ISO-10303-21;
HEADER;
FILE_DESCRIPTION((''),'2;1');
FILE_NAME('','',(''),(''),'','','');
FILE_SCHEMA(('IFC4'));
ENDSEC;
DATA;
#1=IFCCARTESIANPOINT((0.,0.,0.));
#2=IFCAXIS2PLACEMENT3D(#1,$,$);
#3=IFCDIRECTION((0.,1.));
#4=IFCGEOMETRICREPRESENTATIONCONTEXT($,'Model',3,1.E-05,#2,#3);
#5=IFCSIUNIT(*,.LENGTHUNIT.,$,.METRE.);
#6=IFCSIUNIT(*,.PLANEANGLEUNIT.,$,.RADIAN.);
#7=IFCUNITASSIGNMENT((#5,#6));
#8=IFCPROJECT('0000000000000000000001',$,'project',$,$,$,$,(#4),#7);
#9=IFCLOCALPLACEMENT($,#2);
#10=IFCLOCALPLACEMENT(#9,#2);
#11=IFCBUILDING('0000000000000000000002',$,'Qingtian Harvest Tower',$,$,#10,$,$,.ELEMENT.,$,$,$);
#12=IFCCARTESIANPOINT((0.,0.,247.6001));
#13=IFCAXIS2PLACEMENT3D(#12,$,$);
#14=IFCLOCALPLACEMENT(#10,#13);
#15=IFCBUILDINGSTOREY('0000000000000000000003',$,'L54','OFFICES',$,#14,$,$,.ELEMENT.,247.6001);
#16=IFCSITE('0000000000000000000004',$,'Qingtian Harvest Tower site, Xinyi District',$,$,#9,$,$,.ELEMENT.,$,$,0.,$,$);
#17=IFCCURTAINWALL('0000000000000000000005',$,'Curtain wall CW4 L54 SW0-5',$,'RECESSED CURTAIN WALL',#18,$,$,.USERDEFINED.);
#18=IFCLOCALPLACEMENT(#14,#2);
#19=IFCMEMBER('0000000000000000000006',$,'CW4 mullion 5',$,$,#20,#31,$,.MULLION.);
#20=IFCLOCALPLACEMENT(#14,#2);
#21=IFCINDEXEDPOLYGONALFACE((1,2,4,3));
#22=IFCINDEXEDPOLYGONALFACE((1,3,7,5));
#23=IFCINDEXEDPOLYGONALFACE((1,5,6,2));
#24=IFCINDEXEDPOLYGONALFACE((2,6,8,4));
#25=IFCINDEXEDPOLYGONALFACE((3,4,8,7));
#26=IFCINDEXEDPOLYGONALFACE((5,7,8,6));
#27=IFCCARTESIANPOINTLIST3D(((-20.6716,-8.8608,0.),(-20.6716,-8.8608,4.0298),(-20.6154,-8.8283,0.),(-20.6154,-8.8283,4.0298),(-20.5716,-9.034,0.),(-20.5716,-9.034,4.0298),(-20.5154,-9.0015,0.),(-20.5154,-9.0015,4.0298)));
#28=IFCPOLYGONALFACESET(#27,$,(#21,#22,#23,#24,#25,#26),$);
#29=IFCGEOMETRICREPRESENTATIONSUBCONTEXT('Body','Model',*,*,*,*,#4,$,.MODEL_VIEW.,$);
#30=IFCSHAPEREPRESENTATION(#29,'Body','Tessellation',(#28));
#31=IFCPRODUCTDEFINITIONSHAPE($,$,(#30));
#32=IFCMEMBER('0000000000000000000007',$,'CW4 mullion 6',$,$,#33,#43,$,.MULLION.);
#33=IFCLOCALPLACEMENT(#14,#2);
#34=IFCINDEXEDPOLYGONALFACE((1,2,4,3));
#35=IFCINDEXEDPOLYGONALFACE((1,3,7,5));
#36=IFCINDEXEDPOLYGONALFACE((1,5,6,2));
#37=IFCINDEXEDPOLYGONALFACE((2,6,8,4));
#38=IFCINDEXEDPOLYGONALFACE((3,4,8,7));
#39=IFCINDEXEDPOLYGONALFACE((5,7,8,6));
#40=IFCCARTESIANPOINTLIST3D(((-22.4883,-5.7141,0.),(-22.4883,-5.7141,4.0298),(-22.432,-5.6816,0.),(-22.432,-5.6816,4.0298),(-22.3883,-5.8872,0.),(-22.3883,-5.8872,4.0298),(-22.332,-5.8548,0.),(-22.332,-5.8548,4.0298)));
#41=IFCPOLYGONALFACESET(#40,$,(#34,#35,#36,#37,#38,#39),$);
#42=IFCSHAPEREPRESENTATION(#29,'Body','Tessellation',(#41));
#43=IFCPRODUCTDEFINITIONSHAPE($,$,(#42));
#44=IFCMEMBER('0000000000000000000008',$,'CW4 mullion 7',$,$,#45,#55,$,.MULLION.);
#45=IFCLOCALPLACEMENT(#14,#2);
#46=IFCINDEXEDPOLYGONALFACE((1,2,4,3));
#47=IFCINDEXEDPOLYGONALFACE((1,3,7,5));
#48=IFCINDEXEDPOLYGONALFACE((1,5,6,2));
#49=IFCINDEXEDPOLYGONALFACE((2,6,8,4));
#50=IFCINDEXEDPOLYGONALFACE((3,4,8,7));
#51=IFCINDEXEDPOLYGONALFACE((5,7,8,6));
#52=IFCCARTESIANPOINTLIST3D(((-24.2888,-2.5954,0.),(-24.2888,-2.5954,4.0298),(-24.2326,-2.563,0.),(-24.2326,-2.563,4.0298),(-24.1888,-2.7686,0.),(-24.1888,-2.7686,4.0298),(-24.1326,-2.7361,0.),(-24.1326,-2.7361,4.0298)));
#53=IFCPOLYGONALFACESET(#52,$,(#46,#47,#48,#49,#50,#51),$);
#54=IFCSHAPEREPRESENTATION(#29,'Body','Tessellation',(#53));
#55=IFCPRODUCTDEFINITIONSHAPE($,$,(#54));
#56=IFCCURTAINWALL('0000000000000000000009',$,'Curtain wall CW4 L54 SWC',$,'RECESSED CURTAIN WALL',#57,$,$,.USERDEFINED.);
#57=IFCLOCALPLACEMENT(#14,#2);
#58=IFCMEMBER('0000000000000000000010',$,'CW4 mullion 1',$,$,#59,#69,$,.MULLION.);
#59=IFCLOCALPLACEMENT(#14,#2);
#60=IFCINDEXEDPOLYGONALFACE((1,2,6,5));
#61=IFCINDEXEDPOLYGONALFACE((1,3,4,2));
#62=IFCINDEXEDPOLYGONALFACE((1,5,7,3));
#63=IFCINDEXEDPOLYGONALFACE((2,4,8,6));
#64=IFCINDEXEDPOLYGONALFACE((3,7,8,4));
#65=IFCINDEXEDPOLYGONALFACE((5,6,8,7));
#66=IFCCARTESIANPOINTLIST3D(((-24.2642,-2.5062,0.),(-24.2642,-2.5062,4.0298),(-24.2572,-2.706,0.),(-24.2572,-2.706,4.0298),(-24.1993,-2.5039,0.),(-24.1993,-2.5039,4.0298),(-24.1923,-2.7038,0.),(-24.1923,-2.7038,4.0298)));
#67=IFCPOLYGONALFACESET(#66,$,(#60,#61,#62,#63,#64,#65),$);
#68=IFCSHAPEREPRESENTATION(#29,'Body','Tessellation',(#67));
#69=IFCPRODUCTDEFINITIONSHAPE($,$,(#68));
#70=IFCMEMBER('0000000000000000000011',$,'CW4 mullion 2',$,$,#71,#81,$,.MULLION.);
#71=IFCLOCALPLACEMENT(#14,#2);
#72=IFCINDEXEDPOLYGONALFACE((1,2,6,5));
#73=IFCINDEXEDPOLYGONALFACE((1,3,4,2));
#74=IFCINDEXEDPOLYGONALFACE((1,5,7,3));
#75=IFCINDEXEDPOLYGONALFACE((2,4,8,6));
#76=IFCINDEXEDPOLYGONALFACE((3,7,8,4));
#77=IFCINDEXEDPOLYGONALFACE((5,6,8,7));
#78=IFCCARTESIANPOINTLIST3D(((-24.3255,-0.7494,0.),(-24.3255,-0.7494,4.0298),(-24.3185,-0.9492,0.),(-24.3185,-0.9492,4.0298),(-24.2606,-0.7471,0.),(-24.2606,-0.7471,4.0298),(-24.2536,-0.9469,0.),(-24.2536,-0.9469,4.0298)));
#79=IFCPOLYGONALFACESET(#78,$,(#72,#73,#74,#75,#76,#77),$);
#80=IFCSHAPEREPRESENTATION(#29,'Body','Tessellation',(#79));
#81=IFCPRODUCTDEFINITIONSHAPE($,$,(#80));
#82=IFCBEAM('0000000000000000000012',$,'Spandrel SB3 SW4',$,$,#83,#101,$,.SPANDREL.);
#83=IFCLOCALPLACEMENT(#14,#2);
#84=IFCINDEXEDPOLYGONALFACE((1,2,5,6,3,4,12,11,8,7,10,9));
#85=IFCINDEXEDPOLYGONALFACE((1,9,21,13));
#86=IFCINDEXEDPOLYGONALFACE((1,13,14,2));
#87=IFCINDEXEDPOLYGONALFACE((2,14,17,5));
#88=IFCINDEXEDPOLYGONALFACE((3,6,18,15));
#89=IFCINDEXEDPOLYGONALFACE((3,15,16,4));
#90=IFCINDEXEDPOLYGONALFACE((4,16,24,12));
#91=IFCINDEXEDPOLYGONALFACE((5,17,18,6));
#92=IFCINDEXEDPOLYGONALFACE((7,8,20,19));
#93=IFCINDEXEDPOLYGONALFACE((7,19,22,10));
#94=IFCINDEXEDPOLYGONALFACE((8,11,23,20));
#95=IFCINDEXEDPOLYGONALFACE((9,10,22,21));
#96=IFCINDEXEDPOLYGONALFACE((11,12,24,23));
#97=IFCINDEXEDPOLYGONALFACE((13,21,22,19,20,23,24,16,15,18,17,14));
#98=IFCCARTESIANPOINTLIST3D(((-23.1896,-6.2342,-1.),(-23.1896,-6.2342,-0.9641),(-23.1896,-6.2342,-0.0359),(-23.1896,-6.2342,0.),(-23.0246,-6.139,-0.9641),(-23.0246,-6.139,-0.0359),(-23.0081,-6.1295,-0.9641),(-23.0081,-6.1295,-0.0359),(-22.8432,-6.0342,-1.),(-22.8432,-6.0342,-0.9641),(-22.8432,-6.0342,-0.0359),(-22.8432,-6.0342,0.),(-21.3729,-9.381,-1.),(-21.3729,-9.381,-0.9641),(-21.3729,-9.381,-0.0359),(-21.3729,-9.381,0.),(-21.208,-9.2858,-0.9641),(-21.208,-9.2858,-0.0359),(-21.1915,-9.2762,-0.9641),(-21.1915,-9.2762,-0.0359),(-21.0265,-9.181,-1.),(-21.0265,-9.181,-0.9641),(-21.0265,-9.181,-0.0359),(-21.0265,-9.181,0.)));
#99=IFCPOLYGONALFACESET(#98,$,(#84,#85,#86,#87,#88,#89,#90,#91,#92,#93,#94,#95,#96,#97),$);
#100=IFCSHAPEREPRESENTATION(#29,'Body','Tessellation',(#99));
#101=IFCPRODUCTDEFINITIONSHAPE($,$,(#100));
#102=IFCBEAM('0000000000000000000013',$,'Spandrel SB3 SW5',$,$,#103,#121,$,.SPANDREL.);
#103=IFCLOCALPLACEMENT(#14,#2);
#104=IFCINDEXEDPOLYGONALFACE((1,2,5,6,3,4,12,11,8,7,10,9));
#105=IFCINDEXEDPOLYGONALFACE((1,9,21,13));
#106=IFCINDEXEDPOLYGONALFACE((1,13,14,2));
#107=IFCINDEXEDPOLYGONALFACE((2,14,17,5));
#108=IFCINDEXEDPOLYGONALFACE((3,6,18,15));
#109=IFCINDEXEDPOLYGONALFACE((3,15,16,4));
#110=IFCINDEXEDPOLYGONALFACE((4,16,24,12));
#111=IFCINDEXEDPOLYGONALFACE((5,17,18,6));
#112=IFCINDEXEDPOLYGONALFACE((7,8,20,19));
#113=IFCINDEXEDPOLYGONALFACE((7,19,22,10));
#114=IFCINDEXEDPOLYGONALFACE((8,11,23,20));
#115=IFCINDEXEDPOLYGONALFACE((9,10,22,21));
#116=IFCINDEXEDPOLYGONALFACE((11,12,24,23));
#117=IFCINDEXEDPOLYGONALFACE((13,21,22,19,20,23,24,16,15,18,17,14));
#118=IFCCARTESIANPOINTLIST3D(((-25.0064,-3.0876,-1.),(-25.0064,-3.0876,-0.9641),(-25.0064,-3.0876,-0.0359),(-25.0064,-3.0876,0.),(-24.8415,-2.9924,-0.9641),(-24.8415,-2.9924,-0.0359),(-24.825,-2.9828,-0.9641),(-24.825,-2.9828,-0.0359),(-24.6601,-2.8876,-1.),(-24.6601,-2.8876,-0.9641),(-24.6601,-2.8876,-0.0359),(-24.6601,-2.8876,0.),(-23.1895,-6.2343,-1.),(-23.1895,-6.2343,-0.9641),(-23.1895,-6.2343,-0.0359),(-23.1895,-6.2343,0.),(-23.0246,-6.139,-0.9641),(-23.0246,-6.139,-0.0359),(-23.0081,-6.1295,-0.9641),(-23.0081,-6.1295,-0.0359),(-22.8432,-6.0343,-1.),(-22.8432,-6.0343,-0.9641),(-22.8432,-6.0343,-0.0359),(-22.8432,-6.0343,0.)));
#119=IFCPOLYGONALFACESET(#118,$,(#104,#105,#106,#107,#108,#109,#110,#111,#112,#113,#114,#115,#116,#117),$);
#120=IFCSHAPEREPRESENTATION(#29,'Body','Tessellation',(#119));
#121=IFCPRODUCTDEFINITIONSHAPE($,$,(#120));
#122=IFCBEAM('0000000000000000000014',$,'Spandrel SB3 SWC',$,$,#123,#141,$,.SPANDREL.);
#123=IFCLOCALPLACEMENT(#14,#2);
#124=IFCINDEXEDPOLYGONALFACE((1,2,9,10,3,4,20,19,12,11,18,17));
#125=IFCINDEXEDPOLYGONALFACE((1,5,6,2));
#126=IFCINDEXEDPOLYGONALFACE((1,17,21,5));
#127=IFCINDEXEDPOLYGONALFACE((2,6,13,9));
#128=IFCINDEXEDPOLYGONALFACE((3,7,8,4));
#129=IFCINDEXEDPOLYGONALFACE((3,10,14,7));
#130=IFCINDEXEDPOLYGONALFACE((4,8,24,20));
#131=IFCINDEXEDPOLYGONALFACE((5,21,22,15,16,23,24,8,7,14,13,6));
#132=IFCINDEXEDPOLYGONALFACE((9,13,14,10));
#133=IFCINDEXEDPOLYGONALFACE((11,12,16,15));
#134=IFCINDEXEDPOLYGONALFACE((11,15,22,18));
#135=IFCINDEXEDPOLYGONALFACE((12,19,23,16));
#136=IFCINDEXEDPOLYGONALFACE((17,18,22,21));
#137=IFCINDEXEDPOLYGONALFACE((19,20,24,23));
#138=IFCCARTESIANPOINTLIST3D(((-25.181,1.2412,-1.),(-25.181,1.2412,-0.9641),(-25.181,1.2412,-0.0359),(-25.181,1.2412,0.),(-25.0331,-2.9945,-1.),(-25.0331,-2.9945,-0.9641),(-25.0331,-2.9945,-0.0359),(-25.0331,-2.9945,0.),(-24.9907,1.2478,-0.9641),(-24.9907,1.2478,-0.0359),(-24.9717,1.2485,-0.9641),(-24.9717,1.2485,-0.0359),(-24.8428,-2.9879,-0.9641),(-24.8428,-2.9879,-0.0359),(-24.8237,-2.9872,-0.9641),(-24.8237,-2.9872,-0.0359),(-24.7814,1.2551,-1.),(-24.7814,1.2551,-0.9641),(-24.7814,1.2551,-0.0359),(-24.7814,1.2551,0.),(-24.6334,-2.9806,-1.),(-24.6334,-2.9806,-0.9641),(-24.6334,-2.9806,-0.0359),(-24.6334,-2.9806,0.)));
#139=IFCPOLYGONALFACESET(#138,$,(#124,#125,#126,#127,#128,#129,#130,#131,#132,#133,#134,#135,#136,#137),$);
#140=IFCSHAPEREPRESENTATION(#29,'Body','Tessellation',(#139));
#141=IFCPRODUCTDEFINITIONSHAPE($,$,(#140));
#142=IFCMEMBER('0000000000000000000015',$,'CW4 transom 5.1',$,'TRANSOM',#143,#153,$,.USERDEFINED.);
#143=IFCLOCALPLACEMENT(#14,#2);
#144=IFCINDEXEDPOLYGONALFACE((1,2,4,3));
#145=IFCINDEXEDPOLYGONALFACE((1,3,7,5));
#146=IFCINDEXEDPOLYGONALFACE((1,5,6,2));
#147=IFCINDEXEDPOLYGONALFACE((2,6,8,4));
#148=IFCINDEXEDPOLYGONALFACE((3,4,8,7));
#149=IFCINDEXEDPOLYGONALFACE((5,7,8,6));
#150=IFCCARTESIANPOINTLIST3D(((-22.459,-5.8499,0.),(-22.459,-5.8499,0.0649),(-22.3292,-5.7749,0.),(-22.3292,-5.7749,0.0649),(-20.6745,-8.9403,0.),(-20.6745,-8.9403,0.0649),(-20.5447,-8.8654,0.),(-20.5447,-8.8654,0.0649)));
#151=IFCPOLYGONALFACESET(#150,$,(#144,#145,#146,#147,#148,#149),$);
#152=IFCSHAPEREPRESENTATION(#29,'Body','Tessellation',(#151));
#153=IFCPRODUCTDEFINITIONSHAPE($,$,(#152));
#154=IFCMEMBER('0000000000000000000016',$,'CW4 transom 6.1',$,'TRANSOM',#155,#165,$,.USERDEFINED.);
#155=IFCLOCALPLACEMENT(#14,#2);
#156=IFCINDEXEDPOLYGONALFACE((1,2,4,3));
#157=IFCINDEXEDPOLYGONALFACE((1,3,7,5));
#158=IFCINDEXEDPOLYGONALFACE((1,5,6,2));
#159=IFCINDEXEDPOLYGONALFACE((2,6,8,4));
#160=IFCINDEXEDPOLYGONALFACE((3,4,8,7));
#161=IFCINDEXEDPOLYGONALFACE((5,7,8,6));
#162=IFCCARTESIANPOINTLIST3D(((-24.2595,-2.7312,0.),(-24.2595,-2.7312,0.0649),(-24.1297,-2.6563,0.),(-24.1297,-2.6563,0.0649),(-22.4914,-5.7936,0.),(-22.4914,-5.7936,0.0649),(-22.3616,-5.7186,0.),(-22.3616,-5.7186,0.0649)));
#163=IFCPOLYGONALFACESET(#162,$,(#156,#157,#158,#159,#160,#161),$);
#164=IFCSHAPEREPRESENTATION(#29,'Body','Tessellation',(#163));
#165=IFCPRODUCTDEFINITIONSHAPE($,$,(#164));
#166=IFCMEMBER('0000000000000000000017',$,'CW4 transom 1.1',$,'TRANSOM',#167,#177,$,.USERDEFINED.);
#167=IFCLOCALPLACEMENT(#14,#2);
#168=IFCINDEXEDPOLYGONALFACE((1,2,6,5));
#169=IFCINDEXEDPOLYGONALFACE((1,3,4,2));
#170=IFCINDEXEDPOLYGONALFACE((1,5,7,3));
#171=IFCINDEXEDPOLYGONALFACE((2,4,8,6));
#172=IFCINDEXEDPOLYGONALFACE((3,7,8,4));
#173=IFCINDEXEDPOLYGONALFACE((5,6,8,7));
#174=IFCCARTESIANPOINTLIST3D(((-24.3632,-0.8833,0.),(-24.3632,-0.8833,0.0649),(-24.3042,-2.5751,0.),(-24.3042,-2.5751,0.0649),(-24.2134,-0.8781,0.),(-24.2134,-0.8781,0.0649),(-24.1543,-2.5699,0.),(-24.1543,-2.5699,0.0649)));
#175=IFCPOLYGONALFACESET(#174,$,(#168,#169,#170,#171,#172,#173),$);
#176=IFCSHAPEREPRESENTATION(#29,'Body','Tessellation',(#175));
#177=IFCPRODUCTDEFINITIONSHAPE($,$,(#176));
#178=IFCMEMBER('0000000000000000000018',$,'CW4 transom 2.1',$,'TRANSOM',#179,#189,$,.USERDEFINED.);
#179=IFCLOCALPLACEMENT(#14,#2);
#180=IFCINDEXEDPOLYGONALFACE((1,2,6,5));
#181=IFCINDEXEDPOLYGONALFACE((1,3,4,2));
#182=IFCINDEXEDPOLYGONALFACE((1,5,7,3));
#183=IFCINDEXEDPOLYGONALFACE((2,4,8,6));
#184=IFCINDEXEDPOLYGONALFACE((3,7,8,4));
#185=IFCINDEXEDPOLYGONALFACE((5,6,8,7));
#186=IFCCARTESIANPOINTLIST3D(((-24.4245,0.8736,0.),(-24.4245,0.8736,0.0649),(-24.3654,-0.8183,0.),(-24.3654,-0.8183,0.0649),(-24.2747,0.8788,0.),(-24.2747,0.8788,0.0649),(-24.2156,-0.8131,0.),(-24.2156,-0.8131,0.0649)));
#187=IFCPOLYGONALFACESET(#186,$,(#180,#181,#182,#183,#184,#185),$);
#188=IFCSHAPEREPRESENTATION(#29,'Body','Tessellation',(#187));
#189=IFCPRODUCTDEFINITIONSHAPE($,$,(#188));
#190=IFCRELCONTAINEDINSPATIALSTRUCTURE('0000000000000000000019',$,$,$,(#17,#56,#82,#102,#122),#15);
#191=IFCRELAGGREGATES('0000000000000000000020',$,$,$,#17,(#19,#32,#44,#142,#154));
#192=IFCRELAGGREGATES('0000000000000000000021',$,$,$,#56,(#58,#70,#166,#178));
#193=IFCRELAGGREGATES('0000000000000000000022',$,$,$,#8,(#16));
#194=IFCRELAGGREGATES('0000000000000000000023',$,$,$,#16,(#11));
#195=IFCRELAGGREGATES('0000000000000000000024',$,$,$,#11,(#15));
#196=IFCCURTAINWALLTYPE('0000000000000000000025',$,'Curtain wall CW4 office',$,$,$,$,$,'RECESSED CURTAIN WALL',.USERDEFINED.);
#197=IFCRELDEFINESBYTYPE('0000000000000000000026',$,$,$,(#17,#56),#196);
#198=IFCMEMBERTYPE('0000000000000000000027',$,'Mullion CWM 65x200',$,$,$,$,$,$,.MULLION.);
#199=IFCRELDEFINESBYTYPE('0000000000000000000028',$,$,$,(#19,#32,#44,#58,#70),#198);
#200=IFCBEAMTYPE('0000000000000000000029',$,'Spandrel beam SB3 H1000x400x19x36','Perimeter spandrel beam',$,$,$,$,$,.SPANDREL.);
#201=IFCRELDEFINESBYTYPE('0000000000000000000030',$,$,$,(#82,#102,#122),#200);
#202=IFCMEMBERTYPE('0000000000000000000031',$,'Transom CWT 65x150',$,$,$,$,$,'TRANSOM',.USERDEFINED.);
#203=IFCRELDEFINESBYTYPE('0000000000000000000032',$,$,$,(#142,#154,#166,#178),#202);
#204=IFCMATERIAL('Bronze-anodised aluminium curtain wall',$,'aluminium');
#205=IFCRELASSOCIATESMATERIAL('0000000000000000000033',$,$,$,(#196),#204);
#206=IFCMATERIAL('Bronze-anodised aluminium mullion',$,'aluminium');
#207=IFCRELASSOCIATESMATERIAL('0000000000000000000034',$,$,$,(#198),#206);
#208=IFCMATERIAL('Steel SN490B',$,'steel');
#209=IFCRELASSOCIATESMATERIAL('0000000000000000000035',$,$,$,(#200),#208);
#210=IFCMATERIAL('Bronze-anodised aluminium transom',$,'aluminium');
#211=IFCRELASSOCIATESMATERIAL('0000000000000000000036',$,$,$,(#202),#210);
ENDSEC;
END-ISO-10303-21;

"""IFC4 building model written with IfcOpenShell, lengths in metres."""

from ifc_helpers import new_model, si_unit, direction, frame, origin, origin_2d, place, context, subcontext, project, spatial, rectangle, i_section, extrude, material, material_profile, profile_set, type_object, element, aggregate, save


model = new_model("IFC4")

# Units and contexts
model_context = context("Model", 3, precision=1e-05, world=origin(), true_north=direction((0.0, 1.0)))
body_context = subcontext(model_context, "Body", "Model", "MODEL_VIEW")
ifc_project = project(units=[si_unit("LENGTHUNIT", "METRE"), si_unit("PLANEANGLEUNIT", "RADIAN")], contexts=[model_context])

# Site, building, storey
site_placement = place(None, origin())
site = spatial("IfcSite", under=ifc_project, at=site_placement, Name="Qingtian Harvest Tower site, Xinyi District", CompositionType="ELEMENT", RefElevation=0.0)
building_placement = place(site_placement, origin())
building = spatial("IfcBuilding", under=site, at=building_placement, Name="Qingtian Harvest Tower", CompositionType="ELEMENT")
storey_placement = place(building_placement, frame((0.0, 0.0, 247.6001)))
storey = spatial("IfcBuildingStorey", under=building, at=storey_placement, Name="L54", Description="OFFICES", CompositionType="ELEMENT", Elevation=247.6001)

# Curtain walls, members
ifc_material_1 = material(Name="Bronze-anodised aluminium curtain wall", Category="aluminium")
curtain_wall_type = type_object("IfcCurtainWallType", Name="Curtain wall CW4 office", ElementType="RECESSED CURTAIN WALL", PredefinedType="USERDEFINED", material=ifc_material_1)
curtain_wall_1_placement = place(storey_placement, origin())
curtain_wall_1 = element("IfcCurtainWall", 1, at=curtain_wall_1_placement, inside=storey, type_object=curtain_wall_type, Name="Curtain wall CW4 L54 SW0-5", ObjectType="RECESSED CURTAIN WALL", PredefinedType="USERDEFINED")
ifc_material_2 = material(Name="Bronze-anodised aluminium mullion", Category="aluminium")
ifc_material_profile_1 = material_profile(ifc_material_2, rectangle(XDim=0.0649, YDim=0.2, at=origin_2d()), Name="AL 65x200")
ifc_profile_set_1 = profile_set([ifc_material_profile_1], Name="Bronze-anodised aluminium mullion")
member_type_1 = type_object("IfcMemberType", Name="Mullion CWM 65x200", PredefinedType="MULLION", material=ifc_profile_set_1)
member_1_placement = place(storey_placement, frame((-20.5935, -8.9312, 0.0), z_axis=(0.0, 0.0, 1.0), x_axis=(-0.866025, -0.5, 0.0)))
member_1 = element("IfcMember", 2, at=member_1_placement, type_object=member_type_1, Name="CW4 mullion 5", PredefinedType="MULLION", context=body_context, shape_type="SweptSolid", body=[
    extrude(rectangle(XDim=0.0649, YDim=0.2, at=origin_2d()), origin(), (0.0, 0.0, 1.0), 4.0298),
])
member_2_placement = place(storey_placement, frame((-22.4102, -5.7844, 0.0), z_axis=(0.0, 0.0, 1.0), x_axis=(-0.866025, -0.5, 0.0)))
member_2 = element("IfcMember", 3, at=member_2_placement, type_object=member_type_1, Name="CW4 mullion 6", PredefinedType="MULLION", context=body_context, shape_type="SweptSolid", body=[
    extrude(rectangle(XDim=0.0649, YDim=0.2, at=origin_2d()), origin(), (0.0, 0.0, 1.0), 4.0298),
])
member_3_placement = place(storey_placement, frame((-24.2107, -2.6658, 0.0), z_axis=(0.0, 0.0, 1.0), x_axis=(-0.866025, -0.5, 0.0)))
member_3 = element("IfcMember", 4, at=member_3_placement, type_object=member_type_1, Name="CW4 mullion 7", PredefinedType="MULLION", context=body_context, shape_type="SweptSolid", body=[
    extrude(rectangle(XDim=0.0649, YDim=0.2, at=origin_2d()), origin(), (0.0, 0.0, 1.0), 4.0298),
])
curtain_wall_2_placement = place(storey_placement, origin())
curtain_wall_2 = element("IfcCurtainWall", 5, at=curtain_wall_2_placement, inside=storey, type_object=curtain_wall_type, Name="Curtain wall CW4 L54 SWC", ObjectType="RECESSED CURTAIN WALL", PredefinedType="USERDEFINED")
member_4_placement = place(storey_placement, frame((-24.2283, -2.605, 0.0), z_axis=(0.0, 0.0, 1.0), x_axis=(-0.999391, -0.034899, 0.0)))
member_4 = element("IfcMember", 6, at=member_4_placement, type_object=member_type_1, Name="CW4 mullion 1", PredefinedType="MULLION", context=body_context, shape_type="SweptSolid", body=[
    extrude(rectangle(XDim=0.0649, YDim=0.2, at=origin_2d()), origin(), (0.0, 0.0, 1.0), 4.0298),
])
member_5_placement = place(storey_placement, frame((-24.2896, -0.8481, 0.0), z_axis=(0.0, 0.0, 1.0), x_axis=(-0.999391, -0.034899, 0.0)))
member_5 = element("IfcMember", 7, at=member_5_placement, type_object=member_type_1, Name="CW4 mullion 2", PredefinedType="MULLION", context=body_context, shape_type="SweptSolid", body=[
    extrude(rectangle(XDim=0.0649, YDim=0.2, at=origin_2d()), origin(), (0.0, 0.0, 1.0), 4.0298),
])

# Beams
ifc_material_3 = material(Name="Steel SN490B", Category="steel")
ifc_material_profile_2 = material_profile(ifc_material_3, i_section(OverallWidth=0.3999, OverallDepth=1.0, WebThickness=0.019, FlangeThickness=0.0359, at=origin_2d()), Name="H1000x400x19x36")
ifc_profile_set_2 = profile_set([ifc_material_profile_2], Name="Steel SN490B")
beam_type_1 = type_object("IfcBeamType", Name="Spandrel beam SB3 H1000x400x19x36", Description="Perimeter spandrel beam", PredefinedType="SPANDREL", material=ifc_profile_set_2)
for number, where, z_axis, x_axis, name in (
    (8, (-21.1997, -9.281, -0.5), (-0.499976, 0.866039, 0.0), (-0.866039, -0.499976, 0.0), "Spandrel SB3 SW4"),
    (9, (-23.0164, -6.1343, -0.5), (-0.500027, 0.86601, 0.0), (-0.86601, -0.500027, 0.0), "Spandrel SB3 SW5"),
):
    element("IfcBeam", number, at=place(storey_placement, frame(where, z_axis=z_axis, x_axis=x_axis)), inside=storey, type_object=beam_type_1, Name=name, PredefinedType="SPANDREL", context=body_context, shape_type="SweptSolid", body=[
        extrude(i_section(OverallWidth=0.3999, OverallDepth=1.0, WebThickness=0.019, FlangeThickness=0.0359, at=origin_2d()), origin(), (0.0, 0.0, 1.0), 3.6335),
    ])
beam_1_placement = place(storey_placement, frame((-24.8333, -2.9875, -0.5), z_axis=(-0.034909, 0.999391, 0.0), x_axis=(-0.999391, -0.034909, 0.0)))
element("IfcBeam", 10, at=beam_1_placement, inside=storey, type_object=beam_type_1, Name="Spandrel SB3 SWC", PredefinedType="SPANDREL", context=body_context, shape_type="SweptSolid", body=[
    extrude(i_section(OverallWidth=0.3999, OverallDepth=1.0, WebThickness=0.019, FlangeThickness=0.0359, at=origin_2d()), origin(), (0.0, 0.0, 1.0), 4.2383),
])

# Members
ifc_material_4 = material(Name="Bronze-anodised aluminium transom", Category="aluminium")
ifc_material_profile_3 = material_profile(ifc_material_4, rectangle(XDim=0.1499, YDim=0.0649, at=origin_2d()), Name="AL 65x150")
ifc_profile_set_3 = profile_set([ifc_material_profile_3], Name="Bronze-anodised aluminium transom")
member_type_2 = type_object("IfcMemberType", Name="Transom CWT 65x150", ElementType="TRANSOM", PredefinedType="USERDEFINED", material=ifc_profile_set_3)
member_6_placement = place(storey_placement, frame((-20.6096, -8.9028, 0.0325), z_axis=(-0.500046, 0.865999, 0.0), x_axis=(-0.865999, -0.500046, 0.0)))
member_6 = element("IfcMember", 11, at=member_6_placement, type_object=member_type_2, Name="CW4 transom 5.1", ObjectType="TRANSOM", PredefinedType="USERDEFINED", context=body_context, shape_type="SweptSolid", body=[
    extrude(rectangle(XDim=0.1499, YDim=0.0649, at=origin_2d()), origin(), (0.0, 0.0, 1.0), 3.5686),
])
member_7_placement = place(storey_placement, frame((-22.4265, -5.7561, 0.0325), z_axis=(-0.500015, 0.866017, 0.0), x_axis=(-0.866017, -0.500015, 0.0)))
member_7 = element("IfcMember", 12, at=member_7_placement, type_object=member_type_2, Name="CW4 transom 6.1", ObjectType="TRANSOM", PredefinedType="USERDEFINED", context=body_context, shape_type="SweptSolid", body=[
    extrude(rectangle(XDim=0.1499, YDim=0.0649, at=origin_2d()), origin(), (0.0, 0.0, 1.0), 3.5361),
])
member_8_placement = place(storey_placement, frame((-24.2292, -2.5725, 0.0325), z_axis=(-0.034899, 0.999391, 0.0), x_axis=(-0.999391, -0.034899, 0.0)))
member_8 = element("IfcMember", 13, at=member_8_placement, type_object=member_type_2, Name="CW4 transom 1.1", ObjectType="TRANSOM", PredefinedType="USERDEFINED", context=body_context, shape_type="SweptSolid", body=[
    extrude(rectangle(XDim=0.1499, YDim=0.0649, at=origin_2d()), origin(), (0.0, 0.0, 1.0), 1.6929),
])
member_9_placement = place(storey_placement, frame((-24.2905, -0.8157, 0.0325), z_axis=(-0.034899, 0.999391, 0.0), x_axis=(-0.999391, -0.034899, 0.0)))
member_9 = element("IfcMember", 14, at=member_9_placement, type_object=member_type_2, Name="CW4 transom 2.1", ObjectType="TRANSOM", PredefinedType="USERDEFINED", context=body_context, shape_type="SweptSolid", body=[
    extrude(rectangle(XDim=0.1499, YDim=0.0649, at=origin_2d()), origin(), (0.0, 0.0, 1.0), 1.6929),
])

aggregate(curtain_wall_1, [member_1, member_2, member_3, member_6, member_7])
aggregate(curtain_wall_2, [member_4, member_5, member_8, member_9])

save(model, "model.ifc")
